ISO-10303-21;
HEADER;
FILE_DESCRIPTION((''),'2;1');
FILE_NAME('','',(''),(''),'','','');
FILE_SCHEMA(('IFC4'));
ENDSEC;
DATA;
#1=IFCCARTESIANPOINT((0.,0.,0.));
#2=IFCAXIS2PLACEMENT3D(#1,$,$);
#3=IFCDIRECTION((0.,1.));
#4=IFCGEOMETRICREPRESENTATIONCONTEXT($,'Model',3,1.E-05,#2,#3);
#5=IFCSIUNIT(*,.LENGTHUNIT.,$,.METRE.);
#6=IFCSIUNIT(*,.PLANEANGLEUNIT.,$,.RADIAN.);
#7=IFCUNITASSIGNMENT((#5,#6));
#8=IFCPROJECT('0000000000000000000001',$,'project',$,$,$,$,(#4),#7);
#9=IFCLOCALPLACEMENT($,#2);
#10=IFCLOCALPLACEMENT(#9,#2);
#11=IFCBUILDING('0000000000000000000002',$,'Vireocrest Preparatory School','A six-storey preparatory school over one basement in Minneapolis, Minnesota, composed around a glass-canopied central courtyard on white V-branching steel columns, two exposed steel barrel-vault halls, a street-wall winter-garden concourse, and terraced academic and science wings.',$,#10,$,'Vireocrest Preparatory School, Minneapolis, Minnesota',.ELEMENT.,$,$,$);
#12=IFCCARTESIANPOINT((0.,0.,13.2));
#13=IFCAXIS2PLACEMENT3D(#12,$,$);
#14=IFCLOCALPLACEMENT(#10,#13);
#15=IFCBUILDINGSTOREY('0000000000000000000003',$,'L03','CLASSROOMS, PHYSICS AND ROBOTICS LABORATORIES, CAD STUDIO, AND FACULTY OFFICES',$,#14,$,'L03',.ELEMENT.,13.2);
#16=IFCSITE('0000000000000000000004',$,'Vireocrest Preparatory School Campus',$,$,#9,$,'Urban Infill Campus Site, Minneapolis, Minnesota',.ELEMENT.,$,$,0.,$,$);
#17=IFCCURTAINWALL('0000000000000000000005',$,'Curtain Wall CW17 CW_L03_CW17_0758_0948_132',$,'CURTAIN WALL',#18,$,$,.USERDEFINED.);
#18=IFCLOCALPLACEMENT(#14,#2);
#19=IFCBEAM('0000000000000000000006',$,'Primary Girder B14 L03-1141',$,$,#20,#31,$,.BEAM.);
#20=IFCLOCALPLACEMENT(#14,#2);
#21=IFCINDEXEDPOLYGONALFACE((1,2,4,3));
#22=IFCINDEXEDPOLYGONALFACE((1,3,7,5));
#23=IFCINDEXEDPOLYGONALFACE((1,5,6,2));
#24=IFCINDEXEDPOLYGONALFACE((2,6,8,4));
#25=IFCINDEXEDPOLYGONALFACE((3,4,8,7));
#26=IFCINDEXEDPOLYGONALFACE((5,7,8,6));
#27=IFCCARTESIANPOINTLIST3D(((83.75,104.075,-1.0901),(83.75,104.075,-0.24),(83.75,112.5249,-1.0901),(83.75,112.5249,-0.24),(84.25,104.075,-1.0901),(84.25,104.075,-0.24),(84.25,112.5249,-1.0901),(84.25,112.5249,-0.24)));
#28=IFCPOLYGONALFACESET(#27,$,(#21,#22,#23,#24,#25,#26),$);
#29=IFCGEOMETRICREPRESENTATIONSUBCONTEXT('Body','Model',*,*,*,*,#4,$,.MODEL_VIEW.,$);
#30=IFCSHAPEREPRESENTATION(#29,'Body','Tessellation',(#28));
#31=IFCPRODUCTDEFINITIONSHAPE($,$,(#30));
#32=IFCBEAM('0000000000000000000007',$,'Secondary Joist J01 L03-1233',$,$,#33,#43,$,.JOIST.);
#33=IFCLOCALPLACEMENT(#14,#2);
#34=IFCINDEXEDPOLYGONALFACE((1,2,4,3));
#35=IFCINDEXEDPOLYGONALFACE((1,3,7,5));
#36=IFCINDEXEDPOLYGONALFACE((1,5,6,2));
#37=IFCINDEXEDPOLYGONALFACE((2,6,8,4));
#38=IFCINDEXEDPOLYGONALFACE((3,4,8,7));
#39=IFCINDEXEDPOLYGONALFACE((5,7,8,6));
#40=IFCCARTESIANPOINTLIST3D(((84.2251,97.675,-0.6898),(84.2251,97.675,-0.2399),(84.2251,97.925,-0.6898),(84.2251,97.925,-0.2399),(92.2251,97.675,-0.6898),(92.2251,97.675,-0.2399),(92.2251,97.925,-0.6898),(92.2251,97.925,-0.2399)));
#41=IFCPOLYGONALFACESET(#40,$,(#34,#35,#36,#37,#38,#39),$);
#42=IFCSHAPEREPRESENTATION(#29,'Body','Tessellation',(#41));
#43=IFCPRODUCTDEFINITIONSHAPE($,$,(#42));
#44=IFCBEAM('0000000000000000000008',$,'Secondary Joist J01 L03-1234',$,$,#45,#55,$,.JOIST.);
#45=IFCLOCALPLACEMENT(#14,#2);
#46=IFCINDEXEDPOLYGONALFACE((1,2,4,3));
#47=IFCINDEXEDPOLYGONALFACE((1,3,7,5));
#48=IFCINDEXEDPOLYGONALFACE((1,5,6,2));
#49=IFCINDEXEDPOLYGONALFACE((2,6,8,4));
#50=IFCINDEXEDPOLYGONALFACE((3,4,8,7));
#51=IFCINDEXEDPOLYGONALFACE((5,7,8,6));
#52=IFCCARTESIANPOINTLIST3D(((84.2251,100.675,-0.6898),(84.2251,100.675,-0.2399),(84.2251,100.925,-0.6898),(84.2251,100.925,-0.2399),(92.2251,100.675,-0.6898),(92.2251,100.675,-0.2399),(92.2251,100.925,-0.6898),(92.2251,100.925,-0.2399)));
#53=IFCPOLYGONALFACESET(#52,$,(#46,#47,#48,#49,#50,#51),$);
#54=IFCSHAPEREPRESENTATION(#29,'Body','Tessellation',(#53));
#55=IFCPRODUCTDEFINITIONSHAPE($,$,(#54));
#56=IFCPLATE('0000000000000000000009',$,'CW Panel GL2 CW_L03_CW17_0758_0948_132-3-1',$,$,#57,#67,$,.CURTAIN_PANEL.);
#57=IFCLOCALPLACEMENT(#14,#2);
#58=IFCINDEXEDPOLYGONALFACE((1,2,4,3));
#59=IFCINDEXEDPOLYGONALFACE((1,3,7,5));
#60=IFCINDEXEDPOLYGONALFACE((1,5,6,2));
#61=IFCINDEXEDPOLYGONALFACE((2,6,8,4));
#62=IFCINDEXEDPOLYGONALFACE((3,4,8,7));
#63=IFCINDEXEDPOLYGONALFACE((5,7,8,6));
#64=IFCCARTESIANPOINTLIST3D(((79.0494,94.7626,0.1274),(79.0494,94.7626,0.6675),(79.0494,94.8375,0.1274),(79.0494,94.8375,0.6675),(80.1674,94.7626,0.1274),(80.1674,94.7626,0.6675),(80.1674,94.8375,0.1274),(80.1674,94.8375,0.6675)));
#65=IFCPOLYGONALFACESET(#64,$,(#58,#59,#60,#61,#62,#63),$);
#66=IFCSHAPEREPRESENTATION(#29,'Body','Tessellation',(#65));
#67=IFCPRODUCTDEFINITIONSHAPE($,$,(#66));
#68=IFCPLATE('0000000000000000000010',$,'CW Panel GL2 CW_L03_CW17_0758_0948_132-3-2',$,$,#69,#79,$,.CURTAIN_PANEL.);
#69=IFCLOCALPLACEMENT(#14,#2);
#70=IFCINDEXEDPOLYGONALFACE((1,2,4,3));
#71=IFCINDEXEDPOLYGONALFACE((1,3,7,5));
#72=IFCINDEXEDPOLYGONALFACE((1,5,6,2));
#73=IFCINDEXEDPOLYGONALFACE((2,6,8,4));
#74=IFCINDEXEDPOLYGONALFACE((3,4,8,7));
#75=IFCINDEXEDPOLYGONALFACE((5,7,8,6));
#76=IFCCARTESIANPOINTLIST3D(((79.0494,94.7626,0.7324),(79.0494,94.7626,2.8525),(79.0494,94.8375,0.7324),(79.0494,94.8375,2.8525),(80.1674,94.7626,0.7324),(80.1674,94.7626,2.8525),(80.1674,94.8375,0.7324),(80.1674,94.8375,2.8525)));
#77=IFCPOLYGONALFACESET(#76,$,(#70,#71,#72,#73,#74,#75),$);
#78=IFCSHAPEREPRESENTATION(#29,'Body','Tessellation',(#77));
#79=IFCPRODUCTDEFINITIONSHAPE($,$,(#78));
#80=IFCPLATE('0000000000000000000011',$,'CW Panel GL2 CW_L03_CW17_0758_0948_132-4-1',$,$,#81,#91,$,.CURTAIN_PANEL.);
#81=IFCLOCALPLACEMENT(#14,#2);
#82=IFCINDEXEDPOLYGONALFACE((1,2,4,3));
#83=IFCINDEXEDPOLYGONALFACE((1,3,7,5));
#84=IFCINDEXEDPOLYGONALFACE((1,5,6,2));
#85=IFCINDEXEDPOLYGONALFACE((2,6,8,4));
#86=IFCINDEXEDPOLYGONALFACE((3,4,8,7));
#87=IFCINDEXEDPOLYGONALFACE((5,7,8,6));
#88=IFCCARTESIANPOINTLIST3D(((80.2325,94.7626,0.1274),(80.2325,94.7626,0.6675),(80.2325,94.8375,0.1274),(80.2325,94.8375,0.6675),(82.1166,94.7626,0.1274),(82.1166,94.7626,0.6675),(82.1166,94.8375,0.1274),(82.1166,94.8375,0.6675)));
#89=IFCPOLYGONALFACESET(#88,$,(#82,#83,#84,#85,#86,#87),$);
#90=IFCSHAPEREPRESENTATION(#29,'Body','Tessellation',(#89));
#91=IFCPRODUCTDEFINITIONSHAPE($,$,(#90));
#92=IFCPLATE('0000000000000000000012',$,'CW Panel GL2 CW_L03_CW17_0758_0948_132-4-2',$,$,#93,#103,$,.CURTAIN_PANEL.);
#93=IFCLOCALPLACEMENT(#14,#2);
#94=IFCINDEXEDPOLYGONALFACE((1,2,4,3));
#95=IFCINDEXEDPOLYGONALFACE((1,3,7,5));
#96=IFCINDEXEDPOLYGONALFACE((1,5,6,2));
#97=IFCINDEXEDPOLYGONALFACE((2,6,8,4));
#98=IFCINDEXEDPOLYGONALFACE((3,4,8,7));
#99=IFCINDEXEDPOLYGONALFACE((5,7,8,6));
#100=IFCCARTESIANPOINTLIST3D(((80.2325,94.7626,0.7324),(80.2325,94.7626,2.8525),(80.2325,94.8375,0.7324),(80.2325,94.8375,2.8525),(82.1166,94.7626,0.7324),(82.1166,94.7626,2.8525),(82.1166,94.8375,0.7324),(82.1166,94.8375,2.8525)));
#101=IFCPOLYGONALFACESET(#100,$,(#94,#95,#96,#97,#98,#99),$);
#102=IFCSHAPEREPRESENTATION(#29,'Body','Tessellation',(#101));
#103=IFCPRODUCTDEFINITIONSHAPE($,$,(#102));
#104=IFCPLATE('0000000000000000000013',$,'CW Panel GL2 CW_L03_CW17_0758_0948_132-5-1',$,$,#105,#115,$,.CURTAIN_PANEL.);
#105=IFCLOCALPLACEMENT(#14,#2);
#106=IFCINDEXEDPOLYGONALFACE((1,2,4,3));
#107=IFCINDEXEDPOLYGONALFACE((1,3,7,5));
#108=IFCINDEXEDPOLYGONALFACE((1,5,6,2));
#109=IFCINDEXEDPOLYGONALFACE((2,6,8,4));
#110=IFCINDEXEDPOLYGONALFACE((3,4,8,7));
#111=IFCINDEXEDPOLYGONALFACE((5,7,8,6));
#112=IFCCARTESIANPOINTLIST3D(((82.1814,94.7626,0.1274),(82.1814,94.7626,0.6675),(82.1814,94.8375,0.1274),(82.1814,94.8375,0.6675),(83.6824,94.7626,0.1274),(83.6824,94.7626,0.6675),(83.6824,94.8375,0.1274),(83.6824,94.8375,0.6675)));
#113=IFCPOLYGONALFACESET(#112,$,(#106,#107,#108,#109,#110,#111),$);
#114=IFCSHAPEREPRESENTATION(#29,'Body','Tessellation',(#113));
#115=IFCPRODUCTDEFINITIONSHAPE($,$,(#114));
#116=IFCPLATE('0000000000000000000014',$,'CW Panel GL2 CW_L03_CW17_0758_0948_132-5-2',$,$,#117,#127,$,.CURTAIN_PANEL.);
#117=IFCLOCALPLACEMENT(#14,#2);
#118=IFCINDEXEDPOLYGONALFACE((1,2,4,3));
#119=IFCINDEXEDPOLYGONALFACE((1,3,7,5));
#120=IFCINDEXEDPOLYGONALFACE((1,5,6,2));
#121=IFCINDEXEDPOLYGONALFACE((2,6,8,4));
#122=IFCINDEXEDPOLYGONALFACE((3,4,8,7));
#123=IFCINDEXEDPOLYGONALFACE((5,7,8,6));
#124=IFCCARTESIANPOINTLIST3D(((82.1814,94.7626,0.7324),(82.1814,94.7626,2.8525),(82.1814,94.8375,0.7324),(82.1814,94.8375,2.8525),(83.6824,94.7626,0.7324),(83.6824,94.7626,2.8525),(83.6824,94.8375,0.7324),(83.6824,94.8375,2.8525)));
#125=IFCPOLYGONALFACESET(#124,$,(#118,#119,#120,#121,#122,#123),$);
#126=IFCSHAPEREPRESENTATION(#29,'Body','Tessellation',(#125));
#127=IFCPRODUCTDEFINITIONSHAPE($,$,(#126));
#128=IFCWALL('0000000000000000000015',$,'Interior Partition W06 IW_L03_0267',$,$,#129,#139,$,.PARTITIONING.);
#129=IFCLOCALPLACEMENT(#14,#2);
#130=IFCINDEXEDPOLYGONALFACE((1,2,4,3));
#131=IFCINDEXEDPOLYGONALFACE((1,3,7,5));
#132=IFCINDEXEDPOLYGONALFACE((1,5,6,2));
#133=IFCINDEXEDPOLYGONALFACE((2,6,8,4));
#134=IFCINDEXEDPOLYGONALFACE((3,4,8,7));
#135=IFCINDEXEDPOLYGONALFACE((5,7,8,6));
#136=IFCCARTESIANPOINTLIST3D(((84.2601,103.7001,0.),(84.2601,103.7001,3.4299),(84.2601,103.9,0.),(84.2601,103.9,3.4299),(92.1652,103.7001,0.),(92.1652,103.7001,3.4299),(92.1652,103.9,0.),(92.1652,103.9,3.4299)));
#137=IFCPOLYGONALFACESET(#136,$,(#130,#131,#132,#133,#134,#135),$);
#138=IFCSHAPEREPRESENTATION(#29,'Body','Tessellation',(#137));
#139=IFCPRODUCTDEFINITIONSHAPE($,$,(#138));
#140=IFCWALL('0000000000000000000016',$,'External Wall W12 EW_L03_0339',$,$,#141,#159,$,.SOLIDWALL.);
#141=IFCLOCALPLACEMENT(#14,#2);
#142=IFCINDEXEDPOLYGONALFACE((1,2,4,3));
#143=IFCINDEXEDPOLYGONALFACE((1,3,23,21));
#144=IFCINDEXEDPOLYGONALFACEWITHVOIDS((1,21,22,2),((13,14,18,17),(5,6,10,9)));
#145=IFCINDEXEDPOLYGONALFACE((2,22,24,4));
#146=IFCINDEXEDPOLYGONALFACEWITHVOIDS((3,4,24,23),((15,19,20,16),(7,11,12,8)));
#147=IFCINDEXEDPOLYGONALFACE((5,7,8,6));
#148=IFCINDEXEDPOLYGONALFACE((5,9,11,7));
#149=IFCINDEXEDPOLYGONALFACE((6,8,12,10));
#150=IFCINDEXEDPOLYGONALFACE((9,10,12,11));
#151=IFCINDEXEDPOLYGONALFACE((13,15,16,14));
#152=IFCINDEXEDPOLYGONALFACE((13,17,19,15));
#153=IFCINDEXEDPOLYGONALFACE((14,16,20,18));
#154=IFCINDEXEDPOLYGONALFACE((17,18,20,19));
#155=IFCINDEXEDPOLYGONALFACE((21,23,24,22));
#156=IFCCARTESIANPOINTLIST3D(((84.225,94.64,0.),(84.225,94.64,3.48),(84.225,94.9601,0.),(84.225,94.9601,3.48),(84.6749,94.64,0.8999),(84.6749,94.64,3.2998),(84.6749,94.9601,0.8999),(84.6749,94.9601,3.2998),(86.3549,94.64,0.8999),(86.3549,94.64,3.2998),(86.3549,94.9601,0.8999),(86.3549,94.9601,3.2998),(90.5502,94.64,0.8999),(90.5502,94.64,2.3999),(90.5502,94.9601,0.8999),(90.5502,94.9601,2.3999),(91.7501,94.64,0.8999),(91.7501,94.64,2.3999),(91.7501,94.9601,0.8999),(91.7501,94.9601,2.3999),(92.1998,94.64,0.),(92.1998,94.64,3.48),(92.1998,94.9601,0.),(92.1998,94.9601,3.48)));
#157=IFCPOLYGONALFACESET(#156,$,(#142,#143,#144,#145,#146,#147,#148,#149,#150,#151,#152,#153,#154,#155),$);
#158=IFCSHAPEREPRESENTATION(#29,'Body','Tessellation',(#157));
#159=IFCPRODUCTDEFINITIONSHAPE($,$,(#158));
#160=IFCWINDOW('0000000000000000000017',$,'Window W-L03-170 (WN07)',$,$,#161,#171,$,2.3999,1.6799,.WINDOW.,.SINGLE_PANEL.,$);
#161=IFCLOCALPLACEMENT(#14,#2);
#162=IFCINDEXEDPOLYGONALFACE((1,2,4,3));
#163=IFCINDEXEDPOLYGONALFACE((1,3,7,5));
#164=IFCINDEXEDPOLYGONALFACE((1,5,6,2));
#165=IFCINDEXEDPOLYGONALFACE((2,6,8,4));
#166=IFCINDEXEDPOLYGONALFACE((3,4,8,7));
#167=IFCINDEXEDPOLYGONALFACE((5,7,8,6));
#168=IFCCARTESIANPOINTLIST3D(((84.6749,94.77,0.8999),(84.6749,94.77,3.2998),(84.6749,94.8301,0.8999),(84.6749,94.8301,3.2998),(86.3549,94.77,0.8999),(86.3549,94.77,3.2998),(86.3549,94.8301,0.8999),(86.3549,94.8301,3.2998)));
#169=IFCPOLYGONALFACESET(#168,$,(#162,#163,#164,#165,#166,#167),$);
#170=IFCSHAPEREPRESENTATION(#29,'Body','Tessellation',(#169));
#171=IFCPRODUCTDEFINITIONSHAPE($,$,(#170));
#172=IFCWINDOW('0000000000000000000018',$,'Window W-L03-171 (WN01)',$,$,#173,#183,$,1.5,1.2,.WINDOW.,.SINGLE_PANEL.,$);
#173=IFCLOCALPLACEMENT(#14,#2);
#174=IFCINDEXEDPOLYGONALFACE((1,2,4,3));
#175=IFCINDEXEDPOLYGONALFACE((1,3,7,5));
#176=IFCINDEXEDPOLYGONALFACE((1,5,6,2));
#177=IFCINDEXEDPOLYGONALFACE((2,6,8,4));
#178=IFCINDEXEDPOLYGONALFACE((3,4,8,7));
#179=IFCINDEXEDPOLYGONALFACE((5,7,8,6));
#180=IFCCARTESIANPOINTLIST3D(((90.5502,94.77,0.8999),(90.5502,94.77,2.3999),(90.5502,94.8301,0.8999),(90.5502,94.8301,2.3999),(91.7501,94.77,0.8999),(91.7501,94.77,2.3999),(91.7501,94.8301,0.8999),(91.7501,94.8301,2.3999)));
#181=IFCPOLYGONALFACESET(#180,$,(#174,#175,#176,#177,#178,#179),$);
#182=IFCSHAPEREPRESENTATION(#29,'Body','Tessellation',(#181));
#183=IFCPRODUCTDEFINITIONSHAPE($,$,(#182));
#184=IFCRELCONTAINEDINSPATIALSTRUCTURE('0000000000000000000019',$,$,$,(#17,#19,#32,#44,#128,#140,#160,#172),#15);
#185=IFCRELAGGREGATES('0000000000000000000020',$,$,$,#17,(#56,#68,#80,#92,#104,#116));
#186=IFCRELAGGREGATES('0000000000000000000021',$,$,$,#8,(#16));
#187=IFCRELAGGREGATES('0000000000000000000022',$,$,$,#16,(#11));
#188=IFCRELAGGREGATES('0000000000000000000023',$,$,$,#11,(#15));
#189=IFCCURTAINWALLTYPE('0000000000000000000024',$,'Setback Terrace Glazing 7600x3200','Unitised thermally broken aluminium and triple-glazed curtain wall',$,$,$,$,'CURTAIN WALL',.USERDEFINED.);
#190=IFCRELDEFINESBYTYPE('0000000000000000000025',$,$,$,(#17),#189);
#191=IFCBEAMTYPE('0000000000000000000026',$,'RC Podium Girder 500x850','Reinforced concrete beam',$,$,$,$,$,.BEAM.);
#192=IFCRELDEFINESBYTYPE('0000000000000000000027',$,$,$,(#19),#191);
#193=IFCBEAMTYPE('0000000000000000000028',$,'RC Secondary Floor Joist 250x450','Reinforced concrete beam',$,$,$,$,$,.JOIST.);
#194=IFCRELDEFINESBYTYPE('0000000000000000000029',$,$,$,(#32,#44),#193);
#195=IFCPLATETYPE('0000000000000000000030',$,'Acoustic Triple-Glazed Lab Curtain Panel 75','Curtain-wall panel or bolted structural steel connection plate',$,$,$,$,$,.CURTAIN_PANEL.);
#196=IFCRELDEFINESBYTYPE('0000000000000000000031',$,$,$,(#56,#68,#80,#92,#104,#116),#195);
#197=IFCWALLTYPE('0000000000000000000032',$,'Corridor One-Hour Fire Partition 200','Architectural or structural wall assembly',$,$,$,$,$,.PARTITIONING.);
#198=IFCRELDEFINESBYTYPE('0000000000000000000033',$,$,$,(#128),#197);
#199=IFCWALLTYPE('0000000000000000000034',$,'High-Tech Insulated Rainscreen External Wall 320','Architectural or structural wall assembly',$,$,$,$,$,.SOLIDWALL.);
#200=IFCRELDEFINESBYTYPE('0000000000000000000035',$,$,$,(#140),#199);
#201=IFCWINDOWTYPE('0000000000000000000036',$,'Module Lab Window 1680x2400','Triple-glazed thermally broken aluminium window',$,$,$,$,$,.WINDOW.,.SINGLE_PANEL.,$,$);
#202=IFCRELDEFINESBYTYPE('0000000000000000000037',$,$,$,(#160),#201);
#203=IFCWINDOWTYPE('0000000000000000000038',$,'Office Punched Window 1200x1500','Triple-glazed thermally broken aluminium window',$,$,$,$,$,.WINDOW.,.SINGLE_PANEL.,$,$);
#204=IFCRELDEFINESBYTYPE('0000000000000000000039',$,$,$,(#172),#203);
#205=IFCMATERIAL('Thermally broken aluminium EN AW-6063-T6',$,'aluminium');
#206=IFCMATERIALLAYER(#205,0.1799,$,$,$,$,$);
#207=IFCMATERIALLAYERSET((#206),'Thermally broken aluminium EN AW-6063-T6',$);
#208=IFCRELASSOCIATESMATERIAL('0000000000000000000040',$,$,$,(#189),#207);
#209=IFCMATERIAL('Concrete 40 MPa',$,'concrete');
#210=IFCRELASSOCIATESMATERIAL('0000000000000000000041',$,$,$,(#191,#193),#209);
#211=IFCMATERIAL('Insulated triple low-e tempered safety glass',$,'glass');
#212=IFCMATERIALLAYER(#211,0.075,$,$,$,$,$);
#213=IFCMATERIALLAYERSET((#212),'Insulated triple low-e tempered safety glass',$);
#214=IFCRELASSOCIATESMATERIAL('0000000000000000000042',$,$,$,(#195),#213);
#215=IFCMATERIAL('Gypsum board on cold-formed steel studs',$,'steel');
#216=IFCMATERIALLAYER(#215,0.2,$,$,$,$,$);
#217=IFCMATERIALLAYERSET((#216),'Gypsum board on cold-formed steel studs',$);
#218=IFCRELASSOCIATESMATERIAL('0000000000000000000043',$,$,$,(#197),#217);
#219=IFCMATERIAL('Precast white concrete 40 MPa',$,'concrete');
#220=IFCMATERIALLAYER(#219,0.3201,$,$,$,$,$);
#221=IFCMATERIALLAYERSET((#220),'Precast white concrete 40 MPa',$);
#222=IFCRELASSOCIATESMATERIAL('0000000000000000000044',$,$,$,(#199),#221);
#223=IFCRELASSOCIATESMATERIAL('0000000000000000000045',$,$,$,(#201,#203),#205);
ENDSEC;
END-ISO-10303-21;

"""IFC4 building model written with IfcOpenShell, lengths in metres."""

from ifc_helpers import new_model, si_unit, direction, frame, frame_2d, origin, origin_2d, place, context, subcontext, project, spatial, rectangle, extrude, material, layer, layer_set, material_profile, profile_set, type_object, element, fill, aggregate, save


model = new_model("IFC4")

# Units and contexts
model_context = context("Model", 3, precision=1e-05, world=origin(), true_north=direction((0.0, 1.0)))
body_context = subcontext(model_context, "Body", "Model", "MODEL_VIEW")
ifc_project = project(units=[si_unit("LENGTHUNIT", "METRE"), si_unit("PLANEANGLEUNIT", "RADIAN")], contexts=[model_context])

# Site, building, storey
site_placement = place(None, origin())
site = spatial("IfcSite", under=ifc_project, at=site_placement, Name="Vireocrest Preparatory School Campus", LongName="Urban Infill Campus Site, Minneapolis, Minnesota", CompositionType="ELEMENT", RefElevation=0.0)
building_placement = place(site_placement, origin())
building = spatial("IfcBuilding", under=site, at=building_placement, Name="Vireocrest Preparatory School", Description="A six-storey preparatory school over one basement in Minneapolis, Minnesota, composed around a glass-canopied central courtyard on white V-branching steel columns, two exposed steel barrel-vault halls, a street-wall winter-garden concourse, and terraced academic and science wings.", LongName="Vireocrest Preparatory School, Minneapolis, Minnesota", CompositionType="ELEMENT")
storey_placement = place(building_placement, frame((0.0, 0.0, 13.2)))
storey = spatial("IfcBuildingStorey", under=building, at=storey_placement, Name="L03", Description="CLASSROOMS, PHYSICS AND ROBOTICS LABORATORIES, CAD STUDIO, AND FACULTY OFFICES", LongName="L03", CompositionType="ELEMENT", Elevation=13.2)

# Curtain wall
ifc_material_1 = material(Name="Thermally broken aluminium EN AW-6063-T6", Category="aluminium")
ifc_layer_1 = layer(ifc_material_1, 0.1799)
ifc_layer_set_1 = layer_set([ifc_layer_1], Name="Thermally broken aluminium EN AW-6063-T6")
curtain_wall_type = type_object("IfcCurtainWallType", Name="Setback Terrace Glazing 7600x3200", Description="Unitised thermally broken aluminium and triple-glazed curtain wall", ElementType="CURTAIN WALL", PredefinedType="USERDEFINED", material=ifc_layer_set_1)
curtain_wall_placement = place(storey_placement, origin())
curtain_wall = element("IfcCurtainWall", 1, at=curtain_wall_placement, inside=storey, type_object=curtain_wall_type, Name="Curtain Wall CW17 CW_L03_CW17_0758_0948_132", ObjectType="CURTAIN WALL", PredefinedType="USERDEFINED")

# Beams
ifc_material_2 = material(Name="Concrete 40 MPa", Category="concrete")
ifc_material_profile_1 = material_profile(ifc_material_2, rectangle(XDim=0.5, YDim=0.8501, at=origin_2d()), Name="RC 500x850")
ifc_profile_set_1 = profile_set([ifc_material_profile_1], Name="Concrete 40 MPa")
beam_type_1 = type_object("IfcBeamType", Name="RC Podium Girder 500x850", Description="Reinforced concrete beam", PredefinedType="BEAM", material=ifc_profile_set_1)
beam_1_placement = place(storey_placement, frame((84.0, 104.075, -0.665), z_axis=(0.0, 1.0, 0.0), x_axis=(-1.0, 0.0, 0.0)))
element("IfcBeam", 2, at=beam_1_placement, inside=storey, type_object=beam_type_1, Name="Primary Girder B14 L03-1141", PredefinedType="BEAM", context=body_context, shape_type="SweptSolid", body=[
    extrude(rectangle(XDim=0.5, YDim=0.8501, at=origin_2d()), origin(), (0.0, 0.0, 1.0), 8.45),
])
ifc_material_profile_2 = material_profile(ifc_material_2, rectangle(XDim=0.25, YDim=0.45, at=origin_2d()), Name="RC 250x450")
ifc_profile_set_2 = profile_set([ifc_material_profile_2], Name="Concrete 40 MPa")
beam_type_2 = type_object("IfcBeamType", Name="RC Secondary Floor Joist 250x450", Description="Reinforced concrete beam", PredefinedType="JOIST", material=ifc_profile_set_2)
for number, where, z_axis, x_axis, name in (
    (3, (84.2251, 97.8, -0.4648), (1.0, 0.0, 0.0), (0.0, 1.0, 0.0), "Secondary Joist J01 L03-1233"),
    (4, (84.2251, 100.8, -0.4648), (1.0, 0.0, 0.0), (0.0, 1.0, 0.0), "Secondary Joist J01 L03-1234"),
):
    element("IfcBeam", number, at=place(storey_placement, frame(where, z_axis=z_axis, x_axis=x_axis)), inside=storey, type_object=beam_type_2, Name=name, PredefinedType="JOIST", context=body_context, shape_type="SweptSolid", body=[
        extrude(rectangle(XDim=0.25, YDim=0.45, at=origin_2d()), origin(), (0.0, 0.0, 1.0), 8.0),
    ])

# Plates
ifc_material_3 = material(Name="Insulated triple low-e tempered safety glass", Category="glass")
ifc_layer_2 = layer(ifc_material_3, 0.075)
ifc_layer_set_2 = layer_set([ifc_layer_2], Name="Insulated triple low-e tempered safety glass")
plate_type = type_object("IfcPlateType", Name="Acoustic Triple-Glazed Lab Curtain Panel 75", Description="Curtain-wall panel or bolted structural steel connection plate", PredefinedType="CURTAIN_PANEL", material=ifc_layer_set_2)
plate_1_placement = place(storey_placement, frame((79.6084, 94.8, 0.1274), z_axis=(0.0, 0.0, 1.0), x_axis=(1.0, 0.0, 0.0)))
plate_1 = element("IfcPlate", 5, at=plate_1_placement, type_object=plate_type, Name="CW Panel GL2 CW_L03_CW17_0758_0948_132-3-1", PredefinedType="CURTAIN_PANEL", context=body_context, shape_type="SweptSolid", body=[
    extrude(rectangle(XDim=1.1179, YDim=0.075, at=origin_2d()), origin(), (0.0, 0.0, 1.0), 0.54),
])
plate_2_placement = place(storey_placement, frame((79.6084, 94.8, 0.7324), z_axis=(0.0, 0.0, 1.0), x_axis=(1.0, 0.0, 0.0)))
plate_2 = element("IfcPlate", 6, at=plate_2_placement, type_object=plate_type, Name="CW Panel GL2 CW_L03_CW17_0758_0948_132-3-2", PredefinedType="CURTAIN_PANEL", context=body_context, shape_type="SweptSolid", body=[
    extrude(rectangle(XDim=1.1179, YDim=0.075, at=origin_2d()), origin(), (0.0, 0.0, 1.0), 2.1201),
])
plate_3_placement = place(storey_placement, frame((81.1746, 94.8, 0.1274), z_axis=(0.0, 0.0, 1.0), x_axis=(1.0, 0.0, 0.0)))
plate_3 = element("IfcPlate", 7, at=plate_3_placement, type_object=plate_type, Name="CW Panel GL2 CW_L03_CW17_0758_0948_132-4-1", PredefinedType="CURTAIN_PANEL", context=body_context, shape_type="SweptSolid", body=[
    extrude(rectangle(XDim=1.884, YDim=0.075, at=origin_2d()), origin(), (0.0, 0.0, 1.0), 0.54),
])
plate_4_placement = place(storey_placement, frame((81.1746, 94.8, 0.7324), z_axis=(0.0, 0.0, 1.0), x_axis=(1.0, 0.0, 0.0)))
plate_4 = element("IfcPlate", 8, at=plate_4_placement, type_object=plate_type, Name="CW Panel GL2 CW_L03_CW17_0758_0948_132-4-2", PredefinedType="CURTAIN_PANEL", context=body_context, shape_type="SweptSolid", body=[
    extrude(rectangle(XDim=1.884, YDim=0.075, at=origin_2d()), origin(), (0.0, 0.0, 1.0), 2.1201),
])
plate_5_placement = place(storey_placement, frame((82.9319, 94.8, 0.1274), z_axis=(0.0, 0.0, 1.0), x_axis=(1.0, 0.0, 0.0)))
plate_5 = element("IfcPlate", 9, at=plate_5_placement, type_object=plate_type, Name="CW Panel GL2 CW_L03_CW17_0758_0948_132-5-1", PredefinedType="CURTAIN_PANEL", context=body_context, shape_type="SweptSolid", body=[
    extrude(rectangle(XDim=1.501, YDim=0.075, at=origin_2d()), origin(), (0.0, 0.0, 1.0), 0.54),
])
plate_6_placement = place(storey_placement, frame((82.9319, 94.8, 0.7324), z_axis=(0.0, 0.0, 1.0), x_axis=(1.0, 0.0, 0.0)))
plate_6 = element("IfcPlate", 10, at=plate_6_placement, type_object=plate_type, Name="CW Panel GL2 CW_L03_CW17_0758_0948_132-5-2", PredefinedType="CURTAIN_PANEL", context=body_context, shape_type="SweptSolid", body=[
    extrude(rectangle(XDim=1.501, YDim=0.075, at=origin_2d()), origin(), (0.0, 0.0, 1.0), 2.1201),
])
aggregate(curtain_wall, [plate_1, plate_2, plate_3, plate_4, plate_5, plate_6])

# Wall
ifc_material_4 = material(Name="Gypsum board on cold-formed steel studs", Category="steel")
ifc_layer_3 = layer(ifc_material_4, 0.2)
ifc_layer_set_3 = layer_set([ifc_layer_3], Name="Gypsum board on cold-formed steel studs")
wall_type_1 = type_object("IfcWallType", Name="Corridor One-Hour Fire Partition 200", Description="Architectural or structural wall assembly", PredefinedType="PARTITIONING", material=ifc_layer_set_3)
wall_1_placement = place(storey_placement, frame((84.26, 103.8, 0.0), z_axis=(0.0, 0.0, 1.0), x_axis=(1.0, 0.0, 0.0)))
element("IfcWall", 11, at=wall_1_placement, inside=storey, type_object=wall_type_1, Name="Interior Partition W06 IW_L03_0267", PredefinedType="PARTITIONING", context=body_context, shape_type="SweptSolid", body=[
    extrude(rectangle(XDim=7.905, YDim=0.2, at=frame_2d((3.9526, 0.0))), origin(), (0.0, 0.0, 1.0), 3.4299),
])

# Wall, openings, windows
ifc_material_5 = material(Name="Precast white concrete 40 MPa", Category="concrete")
ifc_layer_4 = layer(ifc_material_5, 0.3201)
ifc_layer_set_4 = layer_set([ifc_layer_4], Name="Precast white concrete 40 MPa")
wall_type_2 = type_object("IfcWallType", Name="High-Tech Insulated Rainscreen External Wall 320", Description="Architectural or structural wall assembly", PredefinedType="SOLIDWALL", material=ifc_layer_set_4)
wall_2_placement = place(storey_placement, frame((84.2251, 94.8, 0.0), z_axis=(0.0, 0.0, 1.0), x_axis=(1.0, 0.0, 0.0)))
wall_2 = element("IfcWall", 12, at=wall_2_placement, inside=storey, type_object=wall_type_2, Name="External Wall W12 EW_L03_0339", PredefinedType="SOLIDWALL", context=body_context, shape_type="SweptSolid", body=[
    extrude(rectangle(XDim=7.9749, YDim=0.3201, at=frame_2d((3.9873, 0.0))), origin(), (0.0, 0.0, 1.0), 3.48),
])
opening_1_placement = place(wall_2_placement, frame((0.45, 0.0, 0.8999)))
opening_1 = element("IfcOpeningElement", 13, at=opening_1_placement, cuts=wall_2, PredefinedType="OPENING", context=body_context, shape_type="SweptSolid", body=[
    extrude(rectangle(XDim=1.6799, YDim=2.3999, at=frame_2d((0.8398, 1.2))), frame((0.0, 0.1699, 0.0), z_axis=(0.0, -1.0, 0.0), x_axis=(1.0, 0.0, 0.0)), (0.0, 0.0, 1.0), 0.3401),
])
opening_2_placement = place(wall_2_placement, frame((6.325, 0.0, 0.8999)))
opening_2 = element("IfcOpeningElement", 14, at=opening_2_placement, cuts=wall_2, PredefinedType="OPENING", context=body_context, shape_type="SweptSolid", body=[
    extrude(rectangle(XDim=1.2, YDim=1.5, at=frame_2d((0.6001, 0.75))), frame((0.0, 0.1699, 0.0), z_axis=(0.0, -1.0, 0.0), x_axis=(1.0, 0.0, 0.0)), (0.0, 0.0, 1.0), 0.3401),
])
window_type_1 = type_object("IfcWindowType", Name="Module Lab Window 1680x2400", Description="Triple-glazed thermally broken aluminium window", PartitioningType="SINGLE_PANEL", PredefinedType="WINDOW", material=ifc_material_1)
window_1_placement = place(opening_1_placement, origin())
window_1 = element("IfcWindow", 15, at=window_1_placement, inside=storey, type_object=window_type_1, Name="Window W-L03-170 (WN07)", OverallHeight=2.3999, OverallWidth=1.6799, PartitioningType="SINGLE_PANEL", PredefinedType="WINDOW", context=body_context, shape_type="SweptSolid", body=[
    extrude(rectangle(XDim=1.6799, YDim=2.3999, at=frame_2d((0.8398, 1.2))), frame((0.0, 0.03, 0.0), z_axis=(0.0, -1.0, 0.0), x_axis=(1.0, 0.0, 0.0)), (0.0, 0.0, 1.0), 0.0601),
])
fill(opening_1, window_1)
window_type_2 = type_object("IfcWindowType", Name="Office Punched Window 1200x1500", Description="Triple-glazed thermally broken aluminium window", PartitioningType="SINGLE_PANEL", PredefinedType="WINDOW", material=ifc_material_1)
window_2_placement = place(opening_2_placement, origin())
window_2 = element("IfcWindow", 16, at=window_2_placement, inside=storey, type_object=window_type_2, Name="Window W-L03-171 (WN01)", OverallHeight=1.5, OverallWidth=1.2, PartitioningType="SINGLE_PANEL", PredefinedType="WINDOW", context=body_context, shape_type="SweptSolid", body=[
    extrude(rectangle(XDim=1.2, YDim=1.5, at=frame_2d((0.6001, 0.75))), frame((0.0, 0.03, 0.0), z_axis=(0.0, -1.0, 0.0), x_axis=(1.0, 0.0, 0.0)), (0.0, 0.0, 1.0), 0.0601),
])
fill(opening_2, window_2)

save(model, "model.ifc")
